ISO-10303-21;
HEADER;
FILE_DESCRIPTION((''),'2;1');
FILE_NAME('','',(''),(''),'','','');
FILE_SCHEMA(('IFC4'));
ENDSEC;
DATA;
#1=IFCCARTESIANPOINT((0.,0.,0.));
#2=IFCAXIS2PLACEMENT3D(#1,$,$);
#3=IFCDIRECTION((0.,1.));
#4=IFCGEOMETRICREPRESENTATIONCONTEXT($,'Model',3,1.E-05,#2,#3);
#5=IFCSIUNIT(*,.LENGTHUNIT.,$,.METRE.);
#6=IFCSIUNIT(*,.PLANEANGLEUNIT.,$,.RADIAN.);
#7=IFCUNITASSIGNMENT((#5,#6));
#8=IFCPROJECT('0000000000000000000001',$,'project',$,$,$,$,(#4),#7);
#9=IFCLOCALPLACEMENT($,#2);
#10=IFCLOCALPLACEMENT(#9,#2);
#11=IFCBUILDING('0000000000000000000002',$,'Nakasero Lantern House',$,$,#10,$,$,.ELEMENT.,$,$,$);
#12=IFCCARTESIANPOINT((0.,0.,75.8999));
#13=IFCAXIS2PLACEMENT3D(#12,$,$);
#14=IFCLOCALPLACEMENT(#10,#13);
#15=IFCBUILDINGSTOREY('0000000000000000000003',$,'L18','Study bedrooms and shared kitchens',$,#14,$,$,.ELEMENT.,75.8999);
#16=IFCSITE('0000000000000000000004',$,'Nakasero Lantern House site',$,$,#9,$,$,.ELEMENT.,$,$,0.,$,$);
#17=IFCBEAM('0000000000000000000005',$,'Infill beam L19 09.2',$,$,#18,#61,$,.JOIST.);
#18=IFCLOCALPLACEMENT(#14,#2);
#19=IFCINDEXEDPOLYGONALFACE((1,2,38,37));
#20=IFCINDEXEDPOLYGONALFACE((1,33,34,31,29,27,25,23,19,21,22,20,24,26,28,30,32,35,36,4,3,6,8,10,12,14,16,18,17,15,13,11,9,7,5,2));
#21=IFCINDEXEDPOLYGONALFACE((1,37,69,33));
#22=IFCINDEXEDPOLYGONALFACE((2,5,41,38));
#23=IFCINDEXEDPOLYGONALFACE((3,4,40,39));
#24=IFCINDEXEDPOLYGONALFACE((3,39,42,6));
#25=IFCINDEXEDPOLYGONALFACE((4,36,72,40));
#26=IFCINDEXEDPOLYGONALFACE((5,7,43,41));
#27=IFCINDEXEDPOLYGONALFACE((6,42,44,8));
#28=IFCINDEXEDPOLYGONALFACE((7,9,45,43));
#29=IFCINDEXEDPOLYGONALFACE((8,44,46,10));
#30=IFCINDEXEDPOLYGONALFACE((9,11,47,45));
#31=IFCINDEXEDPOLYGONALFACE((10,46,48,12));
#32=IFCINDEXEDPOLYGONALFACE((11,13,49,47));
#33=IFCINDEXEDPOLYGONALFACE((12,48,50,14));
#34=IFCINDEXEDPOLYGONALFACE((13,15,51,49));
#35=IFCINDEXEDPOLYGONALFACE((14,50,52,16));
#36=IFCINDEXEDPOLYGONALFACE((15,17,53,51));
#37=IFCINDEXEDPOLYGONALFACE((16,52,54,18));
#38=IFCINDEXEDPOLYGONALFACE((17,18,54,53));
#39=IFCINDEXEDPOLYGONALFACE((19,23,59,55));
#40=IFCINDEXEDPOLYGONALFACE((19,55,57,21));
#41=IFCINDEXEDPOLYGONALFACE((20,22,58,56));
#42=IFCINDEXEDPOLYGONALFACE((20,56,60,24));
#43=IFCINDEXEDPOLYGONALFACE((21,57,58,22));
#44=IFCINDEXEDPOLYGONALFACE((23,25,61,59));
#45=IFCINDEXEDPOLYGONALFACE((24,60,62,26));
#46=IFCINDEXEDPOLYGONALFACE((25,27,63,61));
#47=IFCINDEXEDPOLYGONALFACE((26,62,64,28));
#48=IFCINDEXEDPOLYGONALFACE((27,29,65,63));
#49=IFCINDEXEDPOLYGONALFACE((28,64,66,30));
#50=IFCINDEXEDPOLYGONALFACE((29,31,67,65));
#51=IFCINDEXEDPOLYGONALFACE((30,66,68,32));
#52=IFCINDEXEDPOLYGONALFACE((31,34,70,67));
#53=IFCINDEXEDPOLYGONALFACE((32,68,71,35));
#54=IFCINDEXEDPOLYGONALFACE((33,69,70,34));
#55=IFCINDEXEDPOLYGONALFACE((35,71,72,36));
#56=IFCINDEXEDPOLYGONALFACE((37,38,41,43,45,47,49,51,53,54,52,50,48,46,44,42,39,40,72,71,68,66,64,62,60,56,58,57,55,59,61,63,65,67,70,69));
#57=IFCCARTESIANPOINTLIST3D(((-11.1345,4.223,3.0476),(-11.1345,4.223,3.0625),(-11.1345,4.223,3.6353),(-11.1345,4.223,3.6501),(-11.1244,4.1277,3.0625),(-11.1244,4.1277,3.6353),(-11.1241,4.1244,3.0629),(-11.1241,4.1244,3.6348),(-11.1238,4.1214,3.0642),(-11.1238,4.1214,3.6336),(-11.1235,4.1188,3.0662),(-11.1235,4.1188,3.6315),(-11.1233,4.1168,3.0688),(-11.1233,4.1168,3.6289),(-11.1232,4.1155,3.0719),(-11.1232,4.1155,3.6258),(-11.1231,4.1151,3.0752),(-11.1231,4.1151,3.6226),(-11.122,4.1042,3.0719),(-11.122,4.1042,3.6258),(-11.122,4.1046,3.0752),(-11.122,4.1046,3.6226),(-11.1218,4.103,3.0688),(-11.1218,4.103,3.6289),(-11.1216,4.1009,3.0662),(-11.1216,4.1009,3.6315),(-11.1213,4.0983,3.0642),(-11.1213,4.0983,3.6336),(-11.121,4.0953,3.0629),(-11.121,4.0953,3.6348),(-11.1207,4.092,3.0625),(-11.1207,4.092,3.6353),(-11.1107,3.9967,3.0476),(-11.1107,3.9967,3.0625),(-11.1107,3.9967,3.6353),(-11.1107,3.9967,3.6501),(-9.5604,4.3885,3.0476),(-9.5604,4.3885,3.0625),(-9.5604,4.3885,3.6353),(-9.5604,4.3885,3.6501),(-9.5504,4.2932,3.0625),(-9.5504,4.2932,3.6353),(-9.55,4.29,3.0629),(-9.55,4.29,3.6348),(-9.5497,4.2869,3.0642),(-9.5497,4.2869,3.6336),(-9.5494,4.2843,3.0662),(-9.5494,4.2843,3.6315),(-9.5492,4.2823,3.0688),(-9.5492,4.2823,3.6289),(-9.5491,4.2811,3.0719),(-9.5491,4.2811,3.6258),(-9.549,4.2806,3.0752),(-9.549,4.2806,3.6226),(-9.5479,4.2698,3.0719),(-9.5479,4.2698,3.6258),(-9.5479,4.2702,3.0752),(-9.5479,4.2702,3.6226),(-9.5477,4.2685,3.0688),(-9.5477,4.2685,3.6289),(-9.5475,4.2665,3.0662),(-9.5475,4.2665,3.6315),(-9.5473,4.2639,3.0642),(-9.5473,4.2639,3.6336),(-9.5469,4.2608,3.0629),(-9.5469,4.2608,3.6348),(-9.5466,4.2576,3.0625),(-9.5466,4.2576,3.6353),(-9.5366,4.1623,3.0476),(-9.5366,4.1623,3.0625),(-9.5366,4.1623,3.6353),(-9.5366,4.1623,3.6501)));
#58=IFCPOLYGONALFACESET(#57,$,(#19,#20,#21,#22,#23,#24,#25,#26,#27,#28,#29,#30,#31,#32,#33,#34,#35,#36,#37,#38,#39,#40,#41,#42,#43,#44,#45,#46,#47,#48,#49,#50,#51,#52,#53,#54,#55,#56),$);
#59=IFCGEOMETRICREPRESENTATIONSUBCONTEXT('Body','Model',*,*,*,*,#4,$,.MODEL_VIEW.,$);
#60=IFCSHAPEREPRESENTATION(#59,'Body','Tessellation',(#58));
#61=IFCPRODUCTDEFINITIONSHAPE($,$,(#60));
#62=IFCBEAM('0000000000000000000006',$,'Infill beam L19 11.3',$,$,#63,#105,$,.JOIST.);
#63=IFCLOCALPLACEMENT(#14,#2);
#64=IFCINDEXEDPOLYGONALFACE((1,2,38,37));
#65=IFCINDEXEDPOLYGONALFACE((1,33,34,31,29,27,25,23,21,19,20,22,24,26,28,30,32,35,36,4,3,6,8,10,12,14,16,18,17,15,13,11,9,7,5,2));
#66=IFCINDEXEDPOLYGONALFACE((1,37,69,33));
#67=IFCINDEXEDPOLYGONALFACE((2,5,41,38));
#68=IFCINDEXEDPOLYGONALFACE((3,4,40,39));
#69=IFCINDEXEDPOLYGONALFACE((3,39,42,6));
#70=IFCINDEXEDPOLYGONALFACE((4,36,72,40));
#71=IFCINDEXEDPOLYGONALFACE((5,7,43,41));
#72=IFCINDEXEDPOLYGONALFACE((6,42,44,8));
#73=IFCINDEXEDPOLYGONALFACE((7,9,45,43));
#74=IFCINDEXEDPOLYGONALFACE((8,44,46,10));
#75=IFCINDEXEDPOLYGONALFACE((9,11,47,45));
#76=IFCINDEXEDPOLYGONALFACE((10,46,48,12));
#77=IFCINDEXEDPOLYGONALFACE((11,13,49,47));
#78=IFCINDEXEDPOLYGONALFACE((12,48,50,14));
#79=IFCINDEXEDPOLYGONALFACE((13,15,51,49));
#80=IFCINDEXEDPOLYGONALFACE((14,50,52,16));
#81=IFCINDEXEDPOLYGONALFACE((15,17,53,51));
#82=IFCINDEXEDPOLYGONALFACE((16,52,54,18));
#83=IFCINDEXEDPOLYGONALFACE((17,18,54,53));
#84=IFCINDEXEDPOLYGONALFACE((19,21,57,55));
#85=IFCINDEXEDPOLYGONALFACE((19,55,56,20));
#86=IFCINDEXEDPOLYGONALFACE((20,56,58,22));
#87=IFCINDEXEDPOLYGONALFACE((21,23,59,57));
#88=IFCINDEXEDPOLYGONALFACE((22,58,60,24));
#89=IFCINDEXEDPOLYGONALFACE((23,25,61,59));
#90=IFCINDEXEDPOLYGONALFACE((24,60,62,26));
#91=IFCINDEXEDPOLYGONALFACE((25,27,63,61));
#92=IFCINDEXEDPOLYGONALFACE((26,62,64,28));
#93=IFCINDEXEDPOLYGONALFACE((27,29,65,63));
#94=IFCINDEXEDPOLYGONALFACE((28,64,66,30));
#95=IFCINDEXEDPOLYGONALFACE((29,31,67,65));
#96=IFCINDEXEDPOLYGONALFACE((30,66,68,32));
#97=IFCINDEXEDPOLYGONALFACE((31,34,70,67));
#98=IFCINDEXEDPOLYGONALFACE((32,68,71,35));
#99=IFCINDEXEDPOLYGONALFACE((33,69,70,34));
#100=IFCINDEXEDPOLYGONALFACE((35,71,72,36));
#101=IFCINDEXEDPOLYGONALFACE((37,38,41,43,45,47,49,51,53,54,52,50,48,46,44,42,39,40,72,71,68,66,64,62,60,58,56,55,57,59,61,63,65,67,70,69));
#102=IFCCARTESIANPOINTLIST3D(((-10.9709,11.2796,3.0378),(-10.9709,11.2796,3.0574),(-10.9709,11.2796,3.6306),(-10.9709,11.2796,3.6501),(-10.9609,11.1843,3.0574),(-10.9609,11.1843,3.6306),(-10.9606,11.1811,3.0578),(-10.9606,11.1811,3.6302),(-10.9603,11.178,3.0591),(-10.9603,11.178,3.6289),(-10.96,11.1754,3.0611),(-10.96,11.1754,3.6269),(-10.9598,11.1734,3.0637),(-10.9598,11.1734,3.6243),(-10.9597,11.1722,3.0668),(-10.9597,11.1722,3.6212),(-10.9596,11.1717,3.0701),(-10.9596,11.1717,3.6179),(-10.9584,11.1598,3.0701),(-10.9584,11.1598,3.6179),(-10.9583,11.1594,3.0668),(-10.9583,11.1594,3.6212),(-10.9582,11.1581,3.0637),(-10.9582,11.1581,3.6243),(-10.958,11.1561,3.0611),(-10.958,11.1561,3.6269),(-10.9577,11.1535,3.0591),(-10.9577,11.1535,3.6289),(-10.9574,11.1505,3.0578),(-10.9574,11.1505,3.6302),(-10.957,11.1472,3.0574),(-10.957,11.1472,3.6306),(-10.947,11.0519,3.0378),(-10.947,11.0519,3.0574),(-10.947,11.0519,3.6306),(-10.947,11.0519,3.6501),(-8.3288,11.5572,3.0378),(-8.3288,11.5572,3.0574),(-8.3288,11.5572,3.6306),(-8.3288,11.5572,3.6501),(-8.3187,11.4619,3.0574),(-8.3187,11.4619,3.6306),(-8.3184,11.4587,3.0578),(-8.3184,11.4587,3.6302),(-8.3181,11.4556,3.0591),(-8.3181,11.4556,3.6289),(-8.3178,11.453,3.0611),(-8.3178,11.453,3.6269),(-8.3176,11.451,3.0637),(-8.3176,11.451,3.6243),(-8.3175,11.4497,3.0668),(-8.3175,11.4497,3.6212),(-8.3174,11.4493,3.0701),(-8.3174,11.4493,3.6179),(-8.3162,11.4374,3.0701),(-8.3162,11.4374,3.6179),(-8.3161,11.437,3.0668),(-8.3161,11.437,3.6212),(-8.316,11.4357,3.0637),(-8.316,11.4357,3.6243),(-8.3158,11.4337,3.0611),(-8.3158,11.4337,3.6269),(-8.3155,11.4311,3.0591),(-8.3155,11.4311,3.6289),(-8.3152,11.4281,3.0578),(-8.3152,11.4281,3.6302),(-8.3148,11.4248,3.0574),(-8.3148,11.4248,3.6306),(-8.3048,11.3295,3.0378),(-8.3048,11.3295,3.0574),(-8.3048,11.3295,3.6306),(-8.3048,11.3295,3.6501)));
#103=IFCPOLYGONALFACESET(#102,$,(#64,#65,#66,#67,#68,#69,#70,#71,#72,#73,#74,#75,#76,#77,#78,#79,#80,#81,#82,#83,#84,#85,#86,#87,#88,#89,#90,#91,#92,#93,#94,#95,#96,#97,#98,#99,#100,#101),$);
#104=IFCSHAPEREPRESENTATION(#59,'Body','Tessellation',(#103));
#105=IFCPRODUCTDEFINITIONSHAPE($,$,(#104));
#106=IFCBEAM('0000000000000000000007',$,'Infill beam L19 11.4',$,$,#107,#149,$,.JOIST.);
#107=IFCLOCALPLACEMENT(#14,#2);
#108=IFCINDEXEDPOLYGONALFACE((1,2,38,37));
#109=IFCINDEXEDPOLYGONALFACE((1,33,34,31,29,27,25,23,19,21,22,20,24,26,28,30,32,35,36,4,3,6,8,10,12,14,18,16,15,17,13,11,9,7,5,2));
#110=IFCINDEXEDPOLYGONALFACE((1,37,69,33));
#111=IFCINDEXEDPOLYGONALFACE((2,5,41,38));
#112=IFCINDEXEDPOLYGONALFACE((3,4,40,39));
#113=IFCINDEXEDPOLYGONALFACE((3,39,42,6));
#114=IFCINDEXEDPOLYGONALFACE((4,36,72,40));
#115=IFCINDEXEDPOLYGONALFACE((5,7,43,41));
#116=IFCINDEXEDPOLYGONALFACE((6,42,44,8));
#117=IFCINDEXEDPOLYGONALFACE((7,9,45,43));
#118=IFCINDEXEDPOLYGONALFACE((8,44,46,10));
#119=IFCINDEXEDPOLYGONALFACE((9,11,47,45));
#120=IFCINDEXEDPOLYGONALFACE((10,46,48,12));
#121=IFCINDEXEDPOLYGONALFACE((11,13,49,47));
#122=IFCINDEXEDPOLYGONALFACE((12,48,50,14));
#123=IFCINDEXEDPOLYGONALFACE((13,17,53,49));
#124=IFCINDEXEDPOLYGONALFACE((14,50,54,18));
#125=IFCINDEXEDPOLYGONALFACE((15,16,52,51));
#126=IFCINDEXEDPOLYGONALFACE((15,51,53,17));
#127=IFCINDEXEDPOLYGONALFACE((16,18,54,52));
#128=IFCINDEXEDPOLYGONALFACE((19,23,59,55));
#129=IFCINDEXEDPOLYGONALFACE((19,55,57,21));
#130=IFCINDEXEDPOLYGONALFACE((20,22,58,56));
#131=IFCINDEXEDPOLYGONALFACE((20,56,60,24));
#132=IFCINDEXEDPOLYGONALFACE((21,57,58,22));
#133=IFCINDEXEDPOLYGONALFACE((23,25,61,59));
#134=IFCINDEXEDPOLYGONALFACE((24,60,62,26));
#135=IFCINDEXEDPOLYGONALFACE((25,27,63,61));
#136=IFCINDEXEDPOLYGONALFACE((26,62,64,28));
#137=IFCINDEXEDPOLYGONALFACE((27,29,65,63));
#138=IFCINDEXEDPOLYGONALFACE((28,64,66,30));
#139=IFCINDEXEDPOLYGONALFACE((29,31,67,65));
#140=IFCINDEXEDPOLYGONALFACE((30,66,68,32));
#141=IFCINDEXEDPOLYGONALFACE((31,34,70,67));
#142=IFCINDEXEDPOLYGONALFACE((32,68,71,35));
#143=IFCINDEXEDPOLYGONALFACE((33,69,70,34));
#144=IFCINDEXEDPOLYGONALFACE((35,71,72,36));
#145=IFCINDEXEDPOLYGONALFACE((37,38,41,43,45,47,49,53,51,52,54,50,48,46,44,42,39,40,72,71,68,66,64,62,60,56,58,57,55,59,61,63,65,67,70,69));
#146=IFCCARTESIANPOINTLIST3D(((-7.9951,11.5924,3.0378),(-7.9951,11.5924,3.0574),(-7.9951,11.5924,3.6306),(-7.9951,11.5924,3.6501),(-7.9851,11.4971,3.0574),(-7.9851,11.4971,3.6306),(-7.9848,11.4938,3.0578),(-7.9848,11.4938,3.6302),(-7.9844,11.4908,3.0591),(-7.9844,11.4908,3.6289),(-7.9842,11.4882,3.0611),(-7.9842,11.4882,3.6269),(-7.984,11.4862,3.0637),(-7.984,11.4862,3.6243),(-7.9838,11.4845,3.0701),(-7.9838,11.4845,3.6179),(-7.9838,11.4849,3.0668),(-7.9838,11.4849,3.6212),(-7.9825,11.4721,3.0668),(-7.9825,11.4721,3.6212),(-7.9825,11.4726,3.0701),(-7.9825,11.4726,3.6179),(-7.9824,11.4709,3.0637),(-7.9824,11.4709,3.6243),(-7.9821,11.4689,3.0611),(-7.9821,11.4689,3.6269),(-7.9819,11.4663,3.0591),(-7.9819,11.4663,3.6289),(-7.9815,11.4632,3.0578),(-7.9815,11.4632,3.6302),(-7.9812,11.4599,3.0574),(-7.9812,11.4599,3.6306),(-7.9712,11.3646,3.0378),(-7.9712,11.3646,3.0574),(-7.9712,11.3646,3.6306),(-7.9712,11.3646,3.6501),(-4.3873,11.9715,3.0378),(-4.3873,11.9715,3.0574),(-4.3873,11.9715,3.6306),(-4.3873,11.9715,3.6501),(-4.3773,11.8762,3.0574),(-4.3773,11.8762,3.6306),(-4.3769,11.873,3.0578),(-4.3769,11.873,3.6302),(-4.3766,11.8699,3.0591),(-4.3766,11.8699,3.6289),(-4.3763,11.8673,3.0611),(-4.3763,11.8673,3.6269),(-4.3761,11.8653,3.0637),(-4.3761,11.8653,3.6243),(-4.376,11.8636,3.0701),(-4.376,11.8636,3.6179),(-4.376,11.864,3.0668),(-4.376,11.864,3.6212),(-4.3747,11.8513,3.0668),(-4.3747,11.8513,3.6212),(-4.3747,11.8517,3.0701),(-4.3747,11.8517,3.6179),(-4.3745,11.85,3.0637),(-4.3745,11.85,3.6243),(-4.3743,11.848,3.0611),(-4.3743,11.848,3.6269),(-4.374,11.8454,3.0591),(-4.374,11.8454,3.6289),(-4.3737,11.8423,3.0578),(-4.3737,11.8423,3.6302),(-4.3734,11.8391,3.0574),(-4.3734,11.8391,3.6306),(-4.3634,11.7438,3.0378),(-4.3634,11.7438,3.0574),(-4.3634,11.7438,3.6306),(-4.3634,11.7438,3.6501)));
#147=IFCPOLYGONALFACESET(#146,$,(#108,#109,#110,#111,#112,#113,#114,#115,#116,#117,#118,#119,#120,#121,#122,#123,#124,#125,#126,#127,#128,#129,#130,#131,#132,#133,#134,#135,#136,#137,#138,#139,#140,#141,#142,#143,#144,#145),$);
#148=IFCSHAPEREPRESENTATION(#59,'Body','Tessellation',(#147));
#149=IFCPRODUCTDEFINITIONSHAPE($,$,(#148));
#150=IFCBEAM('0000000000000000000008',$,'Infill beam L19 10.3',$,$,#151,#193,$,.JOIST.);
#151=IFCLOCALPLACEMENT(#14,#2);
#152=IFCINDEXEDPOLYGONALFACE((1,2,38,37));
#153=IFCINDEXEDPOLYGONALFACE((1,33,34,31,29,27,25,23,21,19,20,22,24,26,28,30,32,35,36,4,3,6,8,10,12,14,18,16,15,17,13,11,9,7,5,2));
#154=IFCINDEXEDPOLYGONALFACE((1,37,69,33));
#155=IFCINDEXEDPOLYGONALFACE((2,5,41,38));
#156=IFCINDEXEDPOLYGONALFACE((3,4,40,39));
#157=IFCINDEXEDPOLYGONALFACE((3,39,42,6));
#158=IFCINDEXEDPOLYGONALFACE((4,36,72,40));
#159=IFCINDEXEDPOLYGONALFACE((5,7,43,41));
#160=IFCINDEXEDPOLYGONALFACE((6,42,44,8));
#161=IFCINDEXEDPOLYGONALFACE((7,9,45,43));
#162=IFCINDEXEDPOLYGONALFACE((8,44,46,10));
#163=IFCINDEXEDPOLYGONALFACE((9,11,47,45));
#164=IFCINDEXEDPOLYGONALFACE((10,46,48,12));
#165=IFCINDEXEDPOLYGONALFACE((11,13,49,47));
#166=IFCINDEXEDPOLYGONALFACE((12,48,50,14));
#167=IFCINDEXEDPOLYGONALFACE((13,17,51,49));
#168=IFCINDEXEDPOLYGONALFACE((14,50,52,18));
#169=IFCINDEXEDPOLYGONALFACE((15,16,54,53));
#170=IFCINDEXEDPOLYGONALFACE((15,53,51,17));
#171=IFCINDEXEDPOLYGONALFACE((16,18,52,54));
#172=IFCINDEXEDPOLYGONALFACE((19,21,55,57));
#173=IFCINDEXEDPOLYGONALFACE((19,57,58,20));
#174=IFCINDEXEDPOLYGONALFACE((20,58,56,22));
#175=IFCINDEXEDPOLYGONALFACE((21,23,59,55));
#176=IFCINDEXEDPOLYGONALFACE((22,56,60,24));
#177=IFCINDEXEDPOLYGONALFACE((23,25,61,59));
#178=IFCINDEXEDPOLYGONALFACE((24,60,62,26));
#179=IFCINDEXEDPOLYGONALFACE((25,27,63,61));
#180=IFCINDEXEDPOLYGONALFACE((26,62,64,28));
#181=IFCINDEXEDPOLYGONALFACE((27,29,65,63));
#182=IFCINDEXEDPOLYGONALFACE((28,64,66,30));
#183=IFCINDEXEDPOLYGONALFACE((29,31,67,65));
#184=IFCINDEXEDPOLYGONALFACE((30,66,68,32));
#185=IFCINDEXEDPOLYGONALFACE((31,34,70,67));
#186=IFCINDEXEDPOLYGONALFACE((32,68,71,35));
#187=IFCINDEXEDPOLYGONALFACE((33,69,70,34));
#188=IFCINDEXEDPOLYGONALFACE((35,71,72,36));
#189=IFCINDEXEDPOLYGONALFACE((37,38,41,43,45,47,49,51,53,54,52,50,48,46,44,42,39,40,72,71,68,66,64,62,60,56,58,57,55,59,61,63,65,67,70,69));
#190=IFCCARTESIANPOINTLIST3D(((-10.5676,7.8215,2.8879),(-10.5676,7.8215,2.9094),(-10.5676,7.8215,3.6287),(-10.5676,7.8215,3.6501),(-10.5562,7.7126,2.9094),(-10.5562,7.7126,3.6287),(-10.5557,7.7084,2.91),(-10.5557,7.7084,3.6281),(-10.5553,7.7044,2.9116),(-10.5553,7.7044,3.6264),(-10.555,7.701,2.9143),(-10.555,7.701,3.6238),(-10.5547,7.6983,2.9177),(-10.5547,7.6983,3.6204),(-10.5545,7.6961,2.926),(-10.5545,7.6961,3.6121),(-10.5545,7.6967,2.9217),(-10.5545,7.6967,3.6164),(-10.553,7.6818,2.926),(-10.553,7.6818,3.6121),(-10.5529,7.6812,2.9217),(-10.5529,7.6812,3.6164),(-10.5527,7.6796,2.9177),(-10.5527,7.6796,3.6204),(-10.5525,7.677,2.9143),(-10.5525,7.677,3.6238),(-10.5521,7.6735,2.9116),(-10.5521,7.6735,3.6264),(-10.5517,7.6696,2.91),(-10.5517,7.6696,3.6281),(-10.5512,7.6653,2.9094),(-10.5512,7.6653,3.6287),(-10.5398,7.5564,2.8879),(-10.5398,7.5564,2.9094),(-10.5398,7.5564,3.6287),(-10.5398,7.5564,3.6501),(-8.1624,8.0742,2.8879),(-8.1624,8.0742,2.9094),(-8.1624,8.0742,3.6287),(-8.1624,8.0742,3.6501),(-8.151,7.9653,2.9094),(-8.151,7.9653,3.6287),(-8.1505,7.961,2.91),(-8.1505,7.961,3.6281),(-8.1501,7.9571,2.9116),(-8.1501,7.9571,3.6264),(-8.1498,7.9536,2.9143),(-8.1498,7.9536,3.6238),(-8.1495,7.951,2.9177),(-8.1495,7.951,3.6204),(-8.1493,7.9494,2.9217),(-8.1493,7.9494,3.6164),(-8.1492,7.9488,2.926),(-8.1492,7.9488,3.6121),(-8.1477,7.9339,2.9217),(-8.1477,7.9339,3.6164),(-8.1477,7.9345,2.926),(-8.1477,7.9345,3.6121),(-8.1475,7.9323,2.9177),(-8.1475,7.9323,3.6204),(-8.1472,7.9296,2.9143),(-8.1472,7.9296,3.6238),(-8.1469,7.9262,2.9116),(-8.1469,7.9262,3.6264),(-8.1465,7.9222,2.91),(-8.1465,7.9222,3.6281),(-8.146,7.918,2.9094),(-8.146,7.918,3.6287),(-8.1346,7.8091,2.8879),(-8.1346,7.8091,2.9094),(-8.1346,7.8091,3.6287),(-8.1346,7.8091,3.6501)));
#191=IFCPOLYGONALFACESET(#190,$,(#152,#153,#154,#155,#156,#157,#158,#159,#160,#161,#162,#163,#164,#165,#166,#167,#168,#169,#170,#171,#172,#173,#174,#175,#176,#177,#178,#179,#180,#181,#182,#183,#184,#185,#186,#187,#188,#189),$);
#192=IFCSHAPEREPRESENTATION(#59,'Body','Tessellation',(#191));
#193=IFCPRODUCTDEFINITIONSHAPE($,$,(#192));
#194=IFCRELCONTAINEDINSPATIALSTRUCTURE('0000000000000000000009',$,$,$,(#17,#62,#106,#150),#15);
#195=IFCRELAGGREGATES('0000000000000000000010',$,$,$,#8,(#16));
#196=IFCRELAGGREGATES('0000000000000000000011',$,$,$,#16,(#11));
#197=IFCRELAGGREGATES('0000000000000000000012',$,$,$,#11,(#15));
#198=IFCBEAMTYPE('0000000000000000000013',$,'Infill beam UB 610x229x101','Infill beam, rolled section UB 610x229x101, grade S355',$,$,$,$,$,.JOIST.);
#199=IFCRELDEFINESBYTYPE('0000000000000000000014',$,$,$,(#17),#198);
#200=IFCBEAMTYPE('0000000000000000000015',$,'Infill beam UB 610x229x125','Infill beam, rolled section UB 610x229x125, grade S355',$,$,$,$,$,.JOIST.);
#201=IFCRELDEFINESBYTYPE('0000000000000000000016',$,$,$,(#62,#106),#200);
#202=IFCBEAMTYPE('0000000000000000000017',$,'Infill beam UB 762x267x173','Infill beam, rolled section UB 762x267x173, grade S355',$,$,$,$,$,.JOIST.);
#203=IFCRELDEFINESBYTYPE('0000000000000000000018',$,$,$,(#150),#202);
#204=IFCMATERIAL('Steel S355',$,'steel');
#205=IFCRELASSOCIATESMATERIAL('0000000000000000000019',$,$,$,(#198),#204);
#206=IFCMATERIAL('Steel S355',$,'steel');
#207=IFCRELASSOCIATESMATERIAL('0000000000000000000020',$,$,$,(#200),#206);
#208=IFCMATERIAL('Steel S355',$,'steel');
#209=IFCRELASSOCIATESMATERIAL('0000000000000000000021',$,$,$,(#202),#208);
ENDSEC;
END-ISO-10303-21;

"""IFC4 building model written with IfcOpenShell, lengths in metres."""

from ifc_helpers import new_model, si_unit, direction, frame, origin, origin_2d, place, context, subcontext, project, spatial, i_section, extrude, material, material_profile, profile_set, type_object, element, save


model = new_model("IFC4")

# Units and contexts
model_context = context("Model", 3, precision=1e-05, world=origin(), true_north=direction((0.0, 1.0)))
body_context = subcontext(model_context, "Body", "Model", "MODEL_VIEW")
ifc_project = project(units=[si_unit("LENGTHUNIT", "METRE"), si_unit("PLANEANGLEUNIT", "RADIAN")], contexts=[model_context])

# Site, building, storey
site_placement = place(None, origin())
site = spatial("IfcSite", under=ifc_project, at=site_placement, Name="Nakasero Lantern House site", CompositionType="ELEMENT", RefElevation=0.0)
building_placement = place(site_placement, origin())
building = spatial("IfcBuilding", under=site, at=building_placement, Name="Nakasero Lantern House", CompositionType="ELEMENT")
storey_placement = place(building_placement, frame((0.0, 0.0, 75.8999)))
storey = spatial("IfcBuildingStorey", under=building, at=storey_placement, Name="L18", Description="Study bedrooms and shared kitchens", CompositionType="ELEMENT", Elevation=75.8999)

# Beams
ifc_material_1 = material(Name="Steel S355", Category="steel")
ifc_material_profile_1 = material_profile(ifc_material_1, i_section(OverallWidth=0.2275, OverallDepth=0.6025, WebThickness=0.0105, FlangeThickness=0.0149, FilletRadius=0.0127, at=origin_2d()), Name="UB 610x229x101")
ifc_profile_set_1 = profile_set([ifc_material_profile_1], Name="Steel S355")
beam_type_1 = type_object("IfcBeamType", Name="Infill beam UB 610x229x101", Description="Infill beam, rolled section UB 610x229x101, grade S355", PredefinedType="JOIST", material=ifc_profile_set_1)
beam_1_placement = place(storey_placement, frame((-11.1226, 4.1099, 3.3489), z_axis=(0.994516, 0.104588, 0.0), x_axis=(-0.104588, 0.994516, 0.0)))
element("IfcBeam", 1, at=beam_1_placement, inside=storey, type_object=beam_type_1, Name="Infill beam L19 09.2", PredefinedType="JOIST", context=body_context, shape_type="SweptSolid", body=[
    extrude(i_section(OverallWidth=0.2275, OverallDepth=0.6025, WebThickness=0.0105, FlangeThickness=0.0149, FilletRadius=0.0127, at=origin_2d()), origin(), (0.0, 0.0, 1.0), 1.5828),
])
ifc_material_2 = material(Name="Steel S355", Category="steel")
ifc_material_profile_2 = material_profile(ifc_material_2, i_section(OverallWidth=0.229, OverallDepth=0.6123, WebThickness=0.012, FlangeThickness=0.0195, FilletRadius=0.0127, at=origin_2d()), Name="UB 610x229x125")
ifc_profile_set_2 = profile_set([ifc_material_profile_2], Name="Steel S355")
beam_type_2 = type_object("IfcBeamType", Name="Infill beam UB 610x229x125", Description="Infill beam, rolled section UB 610x229x125, grade S355", PredefinedType="JOIST", material=ifc_profile_set_2)
beam_2_placement = place(storey_placement, frame((-10.959, 11.1658, 3.344), z_axis=(0.994526, 0.104489, 0.0), x_axis=(-0.104489, 0.994526, 0.0)))
element("IfcBeam", 2, at=beam_2_placement, inside=storey, type_object=beam_type_2, Name="Infill beam L19 11.3", PredefinedType="JOIST", context=body_context, shape_type="SweptSolid", body=[
    extrude(i_section(OverallWidth=0.229, OverallDepth=0.6123, WebThickness=0.012, FlangeThickness=0.0195, FilletRadius=0.0127, at=origin_2d()), origin(), (0.0, 0.0, 1.0), 2.6567),
])
beam_3_placement = place(storey_placement, frame((-7.9832, 11.4785, 3.344), z_axis=(0.994524, 0.104513, 0.0), x_axis=(-0.104513, 0.994524, 0.0)))
element("IfcBeam", 3, at=beam_3_placement, inside=storey, type_object=beam_type_2, Name="Infill beam L19 11.4", PredefinedType="JOIST", context=body_context, shape_type="SweptSolid", body=[
    extrude(i_section(OverallWidth=0.229, OverallDepth=0.6123, WebThickness=0.012, FlangeThickness=0.0195, FilletRadius=0.0127, at=origin_2d()), origin(), (0.0, 0.0, 1.0), 3.6277),
])
ifc_material_3 = material(Name="Steel S355", Category="steel")
ifc_material_profile_3 = material_profile(ifc_material_3, i_section(OverallWidth=0.2666, OverallDepth=0.7622, WebThickness=0.0144, FlangeThickness=0.0215, FilletRadius=0.0166, at=origin_2d()), Name="UB 762x267x173")
ifc_profile_set_3 = profile_set([ifc_material_profile_3], Name="Steel S355")
beam_type_3 = type_object("IfcBeamType", Name="Infill beam UB 762x267x173", Description="Infill beam, rolled section UB 762x267x173, grade S355", PredefinedType="JOIST", material=ifc_profile_set_3)
beam_4_placement = place(storey_placement, frame((-10.5537, 7.689, 3.269), z_axis=(0.994527, 0.10448, 0.0), x_axis=(-0.10448, 0.994527, 0.0)))
element("IfcBeam", 4, at=beam_4_placement, inside=storey, type_object=beam_type_3, Name="Infill beam L19 10.3", PredefinedType="JOIST", context=body_context, shape_type="SweptSolid", body=[
    extrude(i_section(OverallWidth=0.2666, OverallDepth=0.7622, WebThickness=0.0144, FlangeThickness=0.0215, FilletRadius=0.0166, at=origin_2d()), origin(), (0.0, 0.0, 1.0), 2.4185),
])

save(model, "model.ifc")
